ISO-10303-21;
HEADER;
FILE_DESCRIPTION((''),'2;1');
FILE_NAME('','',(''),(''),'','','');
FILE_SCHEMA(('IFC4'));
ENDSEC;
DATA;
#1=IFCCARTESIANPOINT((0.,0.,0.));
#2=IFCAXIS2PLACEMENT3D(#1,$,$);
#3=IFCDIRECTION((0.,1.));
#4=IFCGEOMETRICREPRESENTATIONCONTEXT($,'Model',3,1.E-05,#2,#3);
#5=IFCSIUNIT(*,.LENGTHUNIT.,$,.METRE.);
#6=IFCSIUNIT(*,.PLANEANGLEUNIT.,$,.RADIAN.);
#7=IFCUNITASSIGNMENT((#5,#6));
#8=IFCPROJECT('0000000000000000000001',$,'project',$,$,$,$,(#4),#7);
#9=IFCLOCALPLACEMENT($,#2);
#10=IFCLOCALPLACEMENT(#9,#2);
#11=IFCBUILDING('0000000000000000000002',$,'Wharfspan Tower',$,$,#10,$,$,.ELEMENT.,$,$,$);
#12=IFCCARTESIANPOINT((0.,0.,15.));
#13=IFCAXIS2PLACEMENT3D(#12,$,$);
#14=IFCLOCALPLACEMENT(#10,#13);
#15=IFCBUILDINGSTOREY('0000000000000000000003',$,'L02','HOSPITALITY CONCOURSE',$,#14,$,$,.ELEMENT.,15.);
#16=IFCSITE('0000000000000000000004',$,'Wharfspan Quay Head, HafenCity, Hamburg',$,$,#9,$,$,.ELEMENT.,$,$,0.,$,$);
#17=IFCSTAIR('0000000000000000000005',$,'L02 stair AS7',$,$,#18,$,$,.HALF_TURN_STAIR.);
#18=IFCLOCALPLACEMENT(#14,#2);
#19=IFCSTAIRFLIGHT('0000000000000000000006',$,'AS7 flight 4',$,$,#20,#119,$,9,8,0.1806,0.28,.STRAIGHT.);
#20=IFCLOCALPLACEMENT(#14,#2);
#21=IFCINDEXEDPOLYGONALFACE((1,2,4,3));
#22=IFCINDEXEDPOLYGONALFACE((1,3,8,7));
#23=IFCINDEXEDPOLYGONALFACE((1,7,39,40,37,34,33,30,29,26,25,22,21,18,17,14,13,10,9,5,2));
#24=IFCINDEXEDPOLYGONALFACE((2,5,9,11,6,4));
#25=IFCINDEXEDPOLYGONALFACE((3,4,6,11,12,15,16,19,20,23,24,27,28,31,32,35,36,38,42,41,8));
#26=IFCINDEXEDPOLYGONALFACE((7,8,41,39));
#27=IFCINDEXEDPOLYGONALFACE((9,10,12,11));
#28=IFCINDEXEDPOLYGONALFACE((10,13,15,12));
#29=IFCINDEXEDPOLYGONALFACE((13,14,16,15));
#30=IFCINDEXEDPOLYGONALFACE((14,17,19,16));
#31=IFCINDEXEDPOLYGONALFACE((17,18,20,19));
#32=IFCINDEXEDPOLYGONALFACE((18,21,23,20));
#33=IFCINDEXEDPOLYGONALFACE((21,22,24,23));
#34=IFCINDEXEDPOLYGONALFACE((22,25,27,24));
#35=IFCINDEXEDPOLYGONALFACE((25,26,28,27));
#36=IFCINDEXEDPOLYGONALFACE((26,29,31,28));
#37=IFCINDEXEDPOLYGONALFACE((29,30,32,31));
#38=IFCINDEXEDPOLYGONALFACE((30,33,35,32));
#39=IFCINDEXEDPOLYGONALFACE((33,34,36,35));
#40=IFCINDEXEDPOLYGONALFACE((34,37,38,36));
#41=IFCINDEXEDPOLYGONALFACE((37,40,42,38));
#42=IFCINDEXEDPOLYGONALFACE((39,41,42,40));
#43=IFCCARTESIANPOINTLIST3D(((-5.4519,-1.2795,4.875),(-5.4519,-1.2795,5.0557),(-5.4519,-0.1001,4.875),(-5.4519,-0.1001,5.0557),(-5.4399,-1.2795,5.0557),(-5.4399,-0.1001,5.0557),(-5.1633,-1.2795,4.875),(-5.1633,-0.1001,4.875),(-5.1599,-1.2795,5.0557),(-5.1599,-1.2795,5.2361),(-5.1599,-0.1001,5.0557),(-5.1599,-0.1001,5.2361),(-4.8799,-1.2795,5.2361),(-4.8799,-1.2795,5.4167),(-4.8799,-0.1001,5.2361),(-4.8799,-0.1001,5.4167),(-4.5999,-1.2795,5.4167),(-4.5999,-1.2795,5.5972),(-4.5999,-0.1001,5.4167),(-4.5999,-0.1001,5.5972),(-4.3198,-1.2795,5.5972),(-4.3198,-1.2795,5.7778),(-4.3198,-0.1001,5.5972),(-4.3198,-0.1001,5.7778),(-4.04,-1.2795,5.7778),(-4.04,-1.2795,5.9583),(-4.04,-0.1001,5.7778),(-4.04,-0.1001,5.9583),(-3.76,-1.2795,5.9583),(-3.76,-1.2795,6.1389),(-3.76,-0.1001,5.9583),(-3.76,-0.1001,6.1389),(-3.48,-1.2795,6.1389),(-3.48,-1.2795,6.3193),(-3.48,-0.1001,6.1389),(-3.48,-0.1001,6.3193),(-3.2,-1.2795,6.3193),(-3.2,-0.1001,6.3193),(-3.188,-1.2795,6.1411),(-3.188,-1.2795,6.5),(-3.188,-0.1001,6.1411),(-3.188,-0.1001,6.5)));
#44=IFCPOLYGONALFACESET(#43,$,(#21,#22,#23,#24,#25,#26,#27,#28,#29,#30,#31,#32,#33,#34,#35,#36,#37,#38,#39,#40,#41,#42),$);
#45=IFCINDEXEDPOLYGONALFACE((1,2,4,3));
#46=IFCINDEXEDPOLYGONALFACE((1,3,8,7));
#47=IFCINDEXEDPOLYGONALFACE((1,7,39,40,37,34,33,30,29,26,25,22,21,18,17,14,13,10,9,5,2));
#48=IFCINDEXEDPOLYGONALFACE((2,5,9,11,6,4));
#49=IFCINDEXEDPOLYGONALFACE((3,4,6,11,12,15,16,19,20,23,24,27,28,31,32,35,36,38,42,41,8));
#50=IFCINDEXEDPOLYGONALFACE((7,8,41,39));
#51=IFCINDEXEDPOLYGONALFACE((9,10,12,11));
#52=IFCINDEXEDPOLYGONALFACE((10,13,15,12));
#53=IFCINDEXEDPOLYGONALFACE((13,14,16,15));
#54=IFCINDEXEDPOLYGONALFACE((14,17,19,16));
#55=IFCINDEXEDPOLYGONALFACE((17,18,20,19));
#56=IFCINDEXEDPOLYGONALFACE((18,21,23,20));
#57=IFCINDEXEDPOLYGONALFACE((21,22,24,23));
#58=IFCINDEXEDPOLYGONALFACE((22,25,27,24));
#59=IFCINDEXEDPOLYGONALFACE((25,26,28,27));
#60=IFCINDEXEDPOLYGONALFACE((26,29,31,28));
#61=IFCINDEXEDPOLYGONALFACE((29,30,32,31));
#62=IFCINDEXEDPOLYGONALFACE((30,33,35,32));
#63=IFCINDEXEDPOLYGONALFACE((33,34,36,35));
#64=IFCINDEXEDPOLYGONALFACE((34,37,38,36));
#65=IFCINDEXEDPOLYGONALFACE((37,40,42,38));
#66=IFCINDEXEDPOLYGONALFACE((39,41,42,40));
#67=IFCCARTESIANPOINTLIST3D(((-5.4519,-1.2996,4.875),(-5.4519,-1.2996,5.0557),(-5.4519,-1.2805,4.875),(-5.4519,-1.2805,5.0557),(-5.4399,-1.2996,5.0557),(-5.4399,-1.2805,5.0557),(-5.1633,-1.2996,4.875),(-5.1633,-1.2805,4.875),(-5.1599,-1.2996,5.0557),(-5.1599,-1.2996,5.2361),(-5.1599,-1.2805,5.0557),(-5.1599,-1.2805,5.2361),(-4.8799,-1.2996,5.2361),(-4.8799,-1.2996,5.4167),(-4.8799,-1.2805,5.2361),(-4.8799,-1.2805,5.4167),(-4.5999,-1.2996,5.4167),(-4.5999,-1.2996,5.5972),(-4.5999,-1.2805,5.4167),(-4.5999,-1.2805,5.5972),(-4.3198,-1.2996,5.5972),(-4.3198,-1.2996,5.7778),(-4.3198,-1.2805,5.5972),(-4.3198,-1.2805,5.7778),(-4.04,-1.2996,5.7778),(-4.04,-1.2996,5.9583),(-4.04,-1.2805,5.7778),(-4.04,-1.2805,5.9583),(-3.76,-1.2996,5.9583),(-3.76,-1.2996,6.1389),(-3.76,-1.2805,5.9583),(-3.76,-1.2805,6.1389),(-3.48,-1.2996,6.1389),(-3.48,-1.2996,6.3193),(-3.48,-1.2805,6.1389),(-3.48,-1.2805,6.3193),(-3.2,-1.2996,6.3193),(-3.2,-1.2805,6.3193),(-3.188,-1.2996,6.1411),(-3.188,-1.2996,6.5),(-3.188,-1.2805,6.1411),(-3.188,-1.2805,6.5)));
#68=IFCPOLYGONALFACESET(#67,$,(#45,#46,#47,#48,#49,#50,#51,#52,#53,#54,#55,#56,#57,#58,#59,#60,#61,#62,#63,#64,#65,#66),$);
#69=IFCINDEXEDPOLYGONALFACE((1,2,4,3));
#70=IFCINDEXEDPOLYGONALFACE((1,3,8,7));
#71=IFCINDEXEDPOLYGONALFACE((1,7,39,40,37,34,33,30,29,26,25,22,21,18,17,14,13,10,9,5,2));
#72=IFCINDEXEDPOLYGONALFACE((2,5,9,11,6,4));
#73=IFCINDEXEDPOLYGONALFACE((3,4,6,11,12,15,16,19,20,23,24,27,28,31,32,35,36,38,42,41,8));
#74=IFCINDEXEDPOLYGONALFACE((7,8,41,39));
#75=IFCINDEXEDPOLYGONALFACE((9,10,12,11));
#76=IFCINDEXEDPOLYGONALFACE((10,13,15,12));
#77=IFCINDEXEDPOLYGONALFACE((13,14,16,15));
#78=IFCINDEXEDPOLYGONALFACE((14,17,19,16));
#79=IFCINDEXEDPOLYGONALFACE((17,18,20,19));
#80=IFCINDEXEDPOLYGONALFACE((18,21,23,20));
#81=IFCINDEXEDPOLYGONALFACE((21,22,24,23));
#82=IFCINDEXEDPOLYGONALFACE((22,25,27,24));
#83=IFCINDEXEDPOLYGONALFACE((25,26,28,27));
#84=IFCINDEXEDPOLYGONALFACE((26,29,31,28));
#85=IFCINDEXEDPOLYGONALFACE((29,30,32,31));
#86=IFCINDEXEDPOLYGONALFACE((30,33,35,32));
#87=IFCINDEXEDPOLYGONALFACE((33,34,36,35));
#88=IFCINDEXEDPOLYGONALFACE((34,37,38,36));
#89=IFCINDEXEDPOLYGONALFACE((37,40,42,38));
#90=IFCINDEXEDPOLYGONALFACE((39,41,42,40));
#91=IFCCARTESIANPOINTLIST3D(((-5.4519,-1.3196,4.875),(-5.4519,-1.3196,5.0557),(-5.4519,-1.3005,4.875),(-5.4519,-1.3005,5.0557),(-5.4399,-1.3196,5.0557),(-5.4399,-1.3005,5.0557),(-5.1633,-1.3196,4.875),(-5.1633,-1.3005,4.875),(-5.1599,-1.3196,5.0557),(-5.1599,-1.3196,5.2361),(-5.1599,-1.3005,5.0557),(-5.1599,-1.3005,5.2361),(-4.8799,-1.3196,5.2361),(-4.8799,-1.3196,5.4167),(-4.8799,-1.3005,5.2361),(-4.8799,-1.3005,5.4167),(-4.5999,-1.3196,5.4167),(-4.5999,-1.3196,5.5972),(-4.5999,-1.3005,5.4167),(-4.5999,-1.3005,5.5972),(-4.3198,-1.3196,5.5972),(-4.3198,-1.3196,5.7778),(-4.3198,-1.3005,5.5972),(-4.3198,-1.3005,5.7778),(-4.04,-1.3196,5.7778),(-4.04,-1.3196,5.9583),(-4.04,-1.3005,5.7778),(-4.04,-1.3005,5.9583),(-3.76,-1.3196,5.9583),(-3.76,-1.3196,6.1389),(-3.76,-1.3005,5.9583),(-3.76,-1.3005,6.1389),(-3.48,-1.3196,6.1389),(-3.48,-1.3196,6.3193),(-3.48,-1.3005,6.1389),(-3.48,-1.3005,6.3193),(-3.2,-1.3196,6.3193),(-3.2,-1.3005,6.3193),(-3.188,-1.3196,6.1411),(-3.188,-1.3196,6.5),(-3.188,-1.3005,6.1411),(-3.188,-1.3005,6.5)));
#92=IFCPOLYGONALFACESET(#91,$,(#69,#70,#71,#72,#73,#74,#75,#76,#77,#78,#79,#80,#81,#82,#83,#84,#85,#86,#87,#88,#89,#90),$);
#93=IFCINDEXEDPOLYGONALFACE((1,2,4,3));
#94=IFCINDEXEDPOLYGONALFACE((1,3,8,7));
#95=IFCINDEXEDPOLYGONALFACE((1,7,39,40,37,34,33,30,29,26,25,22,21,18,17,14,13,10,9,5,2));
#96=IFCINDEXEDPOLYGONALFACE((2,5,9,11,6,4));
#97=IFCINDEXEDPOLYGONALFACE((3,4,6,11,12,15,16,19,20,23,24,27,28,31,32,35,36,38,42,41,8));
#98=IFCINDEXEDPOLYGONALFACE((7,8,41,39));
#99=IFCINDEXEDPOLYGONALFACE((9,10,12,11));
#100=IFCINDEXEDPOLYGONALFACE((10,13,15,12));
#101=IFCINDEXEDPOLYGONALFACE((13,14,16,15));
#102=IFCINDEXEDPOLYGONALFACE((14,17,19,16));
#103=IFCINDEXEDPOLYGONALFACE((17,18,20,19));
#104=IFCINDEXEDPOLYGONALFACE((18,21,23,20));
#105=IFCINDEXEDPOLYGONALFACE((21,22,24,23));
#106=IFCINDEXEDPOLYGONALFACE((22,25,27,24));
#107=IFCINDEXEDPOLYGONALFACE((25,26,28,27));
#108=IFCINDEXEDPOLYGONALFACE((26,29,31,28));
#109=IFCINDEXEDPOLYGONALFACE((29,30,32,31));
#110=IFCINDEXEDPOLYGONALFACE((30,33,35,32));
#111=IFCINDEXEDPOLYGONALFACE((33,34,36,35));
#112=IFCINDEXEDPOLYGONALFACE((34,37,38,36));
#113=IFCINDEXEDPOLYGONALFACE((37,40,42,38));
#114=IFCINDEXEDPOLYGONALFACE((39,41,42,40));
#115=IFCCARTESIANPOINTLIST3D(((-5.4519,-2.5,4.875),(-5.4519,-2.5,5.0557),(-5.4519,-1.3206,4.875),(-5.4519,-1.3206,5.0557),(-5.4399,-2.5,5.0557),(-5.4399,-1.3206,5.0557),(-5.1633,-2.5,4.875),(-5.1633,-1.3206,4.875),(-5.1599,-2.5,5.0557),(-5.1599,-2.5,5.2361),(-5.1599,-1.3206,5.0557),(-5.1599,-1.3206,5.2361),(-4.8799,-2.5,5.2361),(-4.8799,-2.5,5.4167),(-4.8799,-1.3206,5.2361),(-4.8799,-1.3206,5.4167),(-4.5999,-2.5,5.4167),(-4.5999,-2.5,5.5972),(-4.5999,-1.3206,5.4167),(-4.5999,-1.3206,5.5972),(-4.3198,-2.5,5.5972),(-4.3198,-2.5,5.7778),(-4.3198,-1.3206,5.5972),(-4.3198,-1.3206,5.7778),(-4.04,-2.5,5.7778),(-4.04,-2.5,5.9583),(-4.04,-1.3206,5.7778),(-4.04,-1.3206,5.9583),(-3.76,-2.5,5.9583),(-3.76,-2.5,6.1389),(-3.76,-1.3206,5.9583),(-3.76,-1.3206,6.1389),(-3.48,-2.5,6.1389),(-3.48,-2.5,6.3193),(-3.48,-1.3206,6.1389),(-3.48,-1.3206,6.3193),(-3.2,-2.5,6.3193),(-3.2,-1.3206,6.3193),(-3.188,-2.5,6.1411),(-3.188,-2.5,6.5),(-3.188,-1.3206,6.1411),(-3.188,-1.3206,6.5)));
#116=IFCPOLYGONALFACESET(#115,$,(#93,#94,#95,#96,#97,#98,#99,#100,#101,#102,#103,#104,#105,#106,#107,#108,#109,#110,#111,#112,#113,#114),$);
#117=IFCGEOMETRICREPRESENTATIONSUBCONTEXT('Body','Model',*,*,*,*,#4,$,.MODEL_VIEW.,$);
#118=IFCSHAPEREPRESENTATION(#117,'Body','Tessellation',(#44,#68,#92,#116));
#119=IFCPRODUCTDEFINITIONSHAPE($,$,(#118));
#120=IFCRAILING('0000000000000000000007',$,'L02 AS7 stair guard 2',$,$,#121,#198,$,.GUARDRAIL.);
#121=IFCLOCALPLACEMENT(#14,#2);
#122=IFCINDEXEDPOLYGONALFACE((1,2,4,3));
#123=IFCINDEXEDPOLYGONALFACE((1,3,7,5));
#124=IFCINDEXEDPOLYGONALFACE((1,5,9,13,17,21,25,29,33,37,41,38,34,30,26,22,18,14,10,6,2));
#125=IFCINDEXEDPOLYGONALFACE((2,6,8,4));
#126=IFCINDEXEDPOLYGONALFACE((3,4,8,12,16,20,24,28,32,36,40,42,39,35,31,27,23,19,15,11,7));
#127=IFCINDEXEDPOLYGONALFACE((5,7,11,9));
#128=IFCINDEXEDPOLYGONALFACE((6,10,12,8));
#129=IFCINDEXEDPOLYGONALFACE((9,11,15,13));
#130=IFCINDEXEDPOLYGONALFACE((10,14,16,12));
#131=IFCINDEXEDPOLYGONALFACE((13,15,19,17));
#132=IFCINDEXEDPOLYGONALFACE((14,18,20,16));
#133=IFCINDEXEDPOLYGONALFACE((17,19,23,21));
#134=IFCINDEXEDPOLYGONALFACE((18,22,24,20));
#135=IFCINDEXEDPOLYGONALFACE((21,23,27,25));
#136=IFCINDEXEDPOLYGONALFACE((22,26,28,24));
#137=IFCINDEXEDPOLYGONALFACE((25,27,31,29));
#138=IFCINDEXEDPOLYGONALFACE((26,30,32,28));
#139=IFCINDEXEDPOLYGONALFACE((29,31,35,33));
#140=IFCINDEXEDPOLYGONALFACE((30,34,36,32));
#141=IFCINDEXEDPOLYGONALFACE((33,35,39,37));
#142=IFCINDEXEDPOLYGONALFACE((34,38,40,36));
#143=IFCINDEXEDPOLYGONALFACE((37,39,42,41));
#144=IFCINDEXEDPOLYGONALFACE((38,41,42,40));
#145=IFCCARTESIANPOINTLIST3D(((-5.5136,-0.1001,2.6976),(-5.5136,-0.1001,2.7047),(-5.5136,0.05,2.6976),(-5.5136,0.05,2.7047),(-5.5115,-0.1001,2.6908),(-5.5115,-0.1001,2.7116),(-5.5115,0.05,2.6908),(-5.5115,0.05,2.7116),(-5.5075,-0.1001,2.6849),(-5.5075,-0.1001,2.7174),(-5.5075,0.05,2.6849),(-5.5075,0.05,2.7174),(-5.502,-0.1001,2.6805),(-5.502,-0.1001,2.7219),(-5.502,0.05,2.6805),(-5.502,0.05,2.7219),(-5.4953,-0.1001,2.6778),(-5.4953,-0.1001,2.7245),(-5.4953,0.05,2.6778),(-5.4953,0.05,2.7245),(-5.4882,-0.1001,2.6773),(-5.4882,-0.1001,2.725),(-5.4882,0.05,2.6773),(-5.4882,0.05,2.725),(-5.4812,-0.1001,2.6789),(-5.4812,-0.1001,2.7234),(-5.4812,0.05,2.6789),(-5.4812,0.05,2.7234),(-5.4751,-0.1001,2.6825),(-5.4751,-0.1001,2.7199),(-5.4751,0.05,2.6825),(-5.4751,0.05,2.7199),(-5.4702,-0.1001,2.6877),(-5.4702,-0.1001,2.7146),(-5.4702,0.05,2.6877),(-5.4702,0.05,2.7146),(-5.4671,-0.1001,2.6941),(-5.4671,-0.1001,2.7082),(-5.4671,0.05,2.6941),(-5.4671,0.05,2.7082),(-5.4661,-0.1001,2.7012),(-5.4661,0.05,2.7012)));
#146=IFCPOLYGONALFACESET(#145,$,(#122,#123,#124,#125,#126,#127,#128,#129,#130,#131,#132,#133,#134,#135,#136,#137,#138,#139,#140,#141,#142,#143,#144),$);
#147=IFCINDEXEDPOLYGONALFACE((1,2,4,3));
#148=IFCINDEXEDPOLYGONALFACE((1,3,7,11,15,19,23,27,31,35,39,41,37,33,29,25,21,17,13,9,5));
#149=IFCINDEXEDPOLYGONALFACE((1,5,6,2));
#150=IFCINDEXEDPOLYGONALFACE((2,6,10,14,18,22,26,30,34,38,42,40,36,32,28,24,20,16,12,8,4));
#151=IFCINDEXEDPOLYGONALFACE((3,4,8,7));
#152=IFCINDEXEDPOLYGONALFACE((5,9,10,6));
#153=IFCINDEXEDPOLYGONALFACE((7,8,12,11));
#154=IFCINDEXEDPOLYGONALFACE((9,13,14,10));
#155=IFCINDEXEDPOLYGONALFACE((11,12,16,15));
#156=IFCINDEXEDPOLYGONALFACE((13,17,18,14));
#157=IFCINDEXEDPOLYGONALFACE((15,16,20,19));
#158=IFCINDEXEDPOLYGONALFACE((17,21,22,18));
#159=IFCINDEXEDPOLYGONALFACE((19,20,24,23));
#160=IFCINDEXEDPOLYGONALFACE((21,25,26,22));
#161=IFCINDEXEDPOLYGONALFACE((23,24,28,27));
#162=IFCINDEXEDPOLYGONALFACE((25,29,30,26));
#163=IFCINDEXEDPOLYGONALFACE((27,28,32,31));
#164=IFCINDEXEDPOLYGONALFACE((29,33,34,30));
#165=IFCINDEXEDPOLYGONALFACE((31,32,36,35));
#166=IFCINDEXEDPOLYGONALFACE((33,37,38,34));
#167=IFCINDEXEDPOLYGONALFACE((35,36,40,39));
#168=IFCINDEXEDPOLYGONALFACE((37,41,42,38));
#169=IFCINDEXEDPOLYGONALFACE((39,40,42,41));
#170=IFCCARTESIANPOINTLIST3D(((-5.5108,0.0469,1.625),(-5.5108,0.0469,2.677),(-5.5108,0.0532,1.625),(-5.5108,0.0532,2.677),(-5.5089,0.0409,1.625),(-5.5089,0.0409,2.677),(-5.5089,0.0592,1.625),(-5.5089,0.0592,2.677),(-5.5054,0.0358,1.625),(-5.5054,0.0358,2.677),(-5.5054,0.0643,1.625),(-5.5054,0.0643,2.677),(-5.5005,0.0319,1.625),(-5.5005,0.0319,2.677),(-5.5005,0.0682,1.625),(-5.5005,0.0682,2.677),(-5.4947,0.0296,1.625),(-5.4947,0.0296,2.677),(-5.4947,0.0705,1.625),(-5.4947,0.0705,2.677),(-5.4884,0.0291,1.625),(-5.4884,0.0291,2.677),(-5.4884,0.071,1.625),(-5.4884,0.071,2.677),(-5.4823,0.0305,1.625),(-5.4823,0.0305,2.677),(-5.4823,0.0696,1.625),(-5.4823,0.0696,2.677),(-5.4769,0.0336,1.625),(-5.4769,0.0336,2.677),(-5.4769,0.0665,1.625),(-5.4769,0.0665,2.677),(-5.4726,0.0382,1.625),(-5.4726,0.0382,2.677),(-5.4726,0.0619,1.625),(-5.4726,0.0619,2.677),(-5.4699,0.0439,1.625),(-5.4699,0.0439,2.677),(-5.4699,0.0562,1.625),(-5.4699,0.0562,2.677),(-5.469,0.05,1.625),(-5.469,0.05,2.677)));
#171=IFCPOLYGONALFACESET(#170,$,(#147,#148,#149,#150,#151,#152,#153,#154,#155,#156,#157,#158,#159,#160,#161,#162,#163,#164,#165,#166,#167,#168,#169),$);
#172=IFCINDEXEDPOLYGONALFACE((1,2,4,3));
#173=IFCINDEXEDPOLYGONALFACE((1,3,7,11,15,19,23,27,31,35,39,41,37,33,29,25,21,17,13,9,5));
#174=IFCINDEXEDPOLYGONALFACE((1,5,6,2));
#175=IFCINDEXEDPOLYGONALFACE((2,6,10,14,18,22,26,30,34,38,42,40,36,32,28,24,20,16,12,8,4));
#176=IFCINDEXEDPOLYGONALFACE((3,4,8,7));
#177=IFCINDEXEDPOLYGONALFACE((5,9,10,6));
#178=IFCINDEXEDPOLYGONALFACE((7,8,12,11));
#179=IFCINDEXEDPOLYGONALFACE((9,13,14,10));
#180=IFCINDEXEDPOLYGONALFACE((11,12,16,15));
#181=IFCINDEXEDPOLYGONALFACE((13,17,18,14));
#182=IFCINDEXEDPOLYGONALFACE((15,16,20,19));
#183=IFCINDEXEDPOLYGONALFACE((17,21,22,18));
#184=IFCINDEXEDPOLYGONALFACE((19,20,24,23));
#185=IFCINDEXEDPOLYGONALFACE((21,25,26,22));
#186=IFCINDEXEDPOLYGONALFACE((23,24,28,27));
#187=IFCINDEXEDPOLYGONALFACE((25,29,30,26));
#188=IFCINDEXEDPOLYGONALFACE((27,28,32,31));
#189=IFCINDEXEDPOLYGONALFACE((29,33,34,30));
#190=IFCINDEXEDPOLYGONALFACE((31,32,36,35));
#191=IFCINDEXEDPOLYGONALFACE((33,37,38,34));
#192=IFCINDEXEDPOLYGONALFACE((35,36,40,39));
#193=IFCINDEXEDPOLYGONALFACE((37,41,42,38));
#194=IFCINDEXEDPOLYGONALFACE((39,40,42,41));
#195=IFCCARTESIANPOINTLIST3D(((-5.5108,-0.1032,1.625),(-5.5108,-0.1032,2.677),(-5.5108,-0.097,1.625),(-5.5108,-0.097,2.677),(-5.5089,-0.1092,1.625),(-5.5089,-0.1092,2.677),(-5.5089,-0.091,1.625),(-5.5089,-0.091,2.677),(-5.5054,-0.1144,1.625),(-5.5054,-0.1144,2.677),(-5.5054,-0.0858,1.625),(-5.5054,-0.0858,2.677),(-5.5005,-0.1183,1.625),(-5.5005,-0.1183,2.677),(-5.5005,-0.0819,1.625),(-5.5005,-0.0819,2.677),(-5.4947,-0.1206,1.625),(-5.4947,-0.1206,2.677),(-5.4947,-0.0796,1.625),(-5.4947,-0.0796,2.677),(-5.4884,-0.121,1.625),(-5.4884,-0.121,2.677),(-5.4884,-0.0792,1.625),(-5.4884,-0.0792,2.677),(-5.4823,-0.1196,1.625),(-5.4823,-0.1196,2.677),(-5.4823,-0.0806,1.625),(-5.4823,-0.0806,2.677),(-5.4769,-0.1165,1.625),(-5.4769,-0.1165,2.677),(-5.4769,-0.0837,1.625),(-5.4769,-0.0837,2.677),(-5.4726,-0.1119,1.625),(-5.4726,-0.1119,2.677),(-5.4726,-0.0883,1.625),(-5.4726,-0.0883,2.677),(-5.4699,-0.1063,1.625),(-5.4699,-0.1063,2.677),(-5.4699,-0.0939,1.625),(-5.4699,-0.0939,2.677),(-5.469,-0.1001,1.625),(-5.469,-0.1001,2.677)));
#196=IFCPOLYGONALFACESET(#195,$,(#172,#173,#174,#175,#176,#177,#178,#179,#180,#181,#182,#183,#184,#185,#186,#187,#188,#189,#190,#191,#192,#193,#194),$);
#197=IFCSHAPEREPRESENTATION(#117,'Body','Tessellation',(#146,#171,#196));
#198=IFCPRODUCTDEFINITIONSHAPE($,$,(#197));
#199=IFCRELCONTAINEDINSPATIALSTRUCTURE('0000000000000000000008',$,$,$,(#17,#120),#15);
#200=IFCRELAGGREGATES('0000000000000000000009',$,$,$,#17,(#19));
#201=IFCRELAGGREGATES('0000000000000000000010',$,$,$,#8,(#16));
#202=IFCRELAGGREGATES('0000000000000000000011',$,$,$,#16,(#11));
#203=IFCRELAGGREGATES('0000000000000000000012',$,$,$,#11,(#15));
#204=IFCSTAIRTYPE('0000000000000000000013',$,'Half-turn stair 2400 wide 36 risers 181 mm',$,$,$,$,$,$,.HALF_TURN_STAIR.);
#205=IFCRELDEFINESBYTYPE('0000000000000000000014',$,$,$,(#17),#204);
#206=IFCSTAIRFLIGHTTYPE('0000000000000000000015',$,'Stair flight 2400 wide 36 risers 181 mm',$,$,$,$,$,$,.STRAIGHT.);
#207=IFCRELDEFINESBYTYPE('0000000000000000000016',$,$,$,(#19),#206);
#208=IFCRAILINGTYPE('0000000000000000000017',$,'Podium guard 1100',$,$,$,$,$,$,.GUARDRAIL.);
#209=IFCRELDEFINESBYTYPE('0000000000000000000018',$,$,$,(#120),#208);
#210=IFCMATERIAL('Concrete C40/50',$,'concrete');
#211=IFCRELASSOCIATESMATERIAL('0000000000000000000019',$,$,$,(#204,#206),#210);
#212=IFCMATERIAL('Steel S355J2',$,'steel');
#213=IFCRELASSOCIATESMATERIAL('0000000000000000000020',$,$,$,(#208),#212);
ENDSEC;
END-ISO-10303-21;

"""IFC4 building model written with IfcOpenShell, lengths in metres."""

from ifc_helpers import new_model, si_unit, direction, frame, origin, origin_2d, place, context, subcontext, project, spatial, polyline, circle, outline, extrude, material, type_object, element, aggregate, save


model = new_model("IFC4")

# Units and contexts
model_context = context("Model", 3, precision=1e-05, world=origin(), true_north=direction((0.0, 1.0)))
body_context = subcontext(model_context, "Body", "Model", "MODEL_VIEW")
ifc_project = project(units=[si_unit("LENGTHUNIT", "METRE"), si_unit("PLANEANGLEUNIT", "RADIAN")], contexts=[model_context])

# Site, building, storey
site_placement = place(None, origin())
site = spatial("IfcSite", under=ifc_project, at=site_placement, Name="Wharfspan Quay Head, HafenCity, Hamburg", CompositionType="ELEMENT", RefElevation=0.0)
building_placement = place(site_placement, origin())
building = spatial("IfcBuilding", under=site, at=building_placement, Name="Wharfspan Tower", CompositionType="ELEMENT")
storey_placement = place(building_placement, frame((0.0, 0.0, 15.0)))
storey = spatial("IfcBuildingStorey", under=building, at=storey_placement, Name="L02", Description="HOSPITALITY CONCOURSE", CompositionType="ELEMENT", Elevation=15.0)

# Shared definitions
ifc_material_1 = material(Name="Concrete C40/50", Category="concrete")

# Stair, stair flight
stair_type = type_object("IfcStairType", Name="Half-turn stair 2400 wide 36 risers 181 mm", PredefinedType="HALF_TURN_STAIR", material=ifc_material_1)
stair_placement = place(storey_placement, origin())
stair = element("IfcStair", 1, at=stair_placement, inside=storey, type_object=stair_type, Name="L02 stair AS7", PredefinedType="HALF_TURN_STAIR")
stair_flight_type = type_object("IfcStairFlightType", Name="Stair flight 2400 wide 36 risers 181 mm", PredefinedType="STRAIGHT", material=ifc_material_1)
stair_flight_1_placement = place(storey_placement, frame((-5.4399, -1.3, 4.875), z_axis=(0.0, 0.0, 1.0), x_axis=(1.0, 0.0, 0.0)))
stair_flight_1 = element("IfcStairFlight", 2, at=stair_flight_1_placement, type_object=stair_flight_type, Name="AS7 flight 4", NumberOfRisers=9, NumberOfTreads=8, PredefinedType="STRAIGHT", RiserHeight=0.1806, TreadLength=0.28, context=body_context, shape_type="SweptSolid", body=[
    extrude(outline(polyline([(-0.012, 0.0), (-0.012, 0.1807), (0.0, 0.1807), (0.28, 0.1807), (0.28, 0.3611), (0.5601, 0.3611), (0.5601, 0.5417), (0.8401, 0.5417), (0.8401, 0.7222), (1.1201, 0.7222), (1.1201, 0.9028), (1.3999, 0.9028), (1.3999, 1.0833), (1.6799, 1.0833), (1.6799, 1.2639), (1.96, 1.2639), (1.96, 1.4443), (2.24, 1.4443), (2.252, 1.625), (2.252, 1.2661), (0.2766, 0.0), (-0.012, 0.0)])), frame((0.0, 1.2, 0.0), z_axis=(0.0, -1.0, 0.0), x_axis=(1.0, 0.0, 0.0)), (0.0, 0.0, 1.0), 1.1794),
    extrude(outline(polyline([(-0.012, 0.0), (-0.012, 0.1807), (0.0, 0.1807), (0.28, 0.1807), (0.28, 0.3611), (0.5601, 0.3611), (0.5601, 0.5417), (0.8401, 0.5417), (0.8401, 0.7222), (1.1201, 0.7222), (1.1201, 0.9028), (1.3999, 0.9028), (1.3999, 1.0833), (1.6799, 1.0833), (1.6799, 1.2639), (1.96, 1.2639), (1.96, 1.4443), (2.24, 1.4443), (2.252, 1.625), (2.252, 1.2661), (0.2766, 0.0), (-0.012, 0.0)])), frame((0.0, 0.0195, 0.0), z_axis=(0.0, -1.0, 0.0), x_axis=(1.0, 0.0, 0.0)), (0.0, 0.0, 1.0), 0.019),
    extrude(outline(polyline([(-0.012, 0.0), (-0.012, 0.1807), (0.0, 0.1807), (0.28, 0.1807), (0.28, 0.3611), (0.5601, 0.3611), (0.5601, 0.5417), (0.8401, 0.5417), (0.8401, 0.7222), (1.1201, 0.7222), (1.1201, 0.9028), (1.3999, 0.9028), (1.3999, 1.0833), (1.6799, 1.0833), (1.6799, 1.2639), (1.96, 1.2639), (1.96, 1.4443), (2.24, 1.4443), (2.252, 1.625), (2.252, 1.2661), (0.2766, 0.0), (-0.012, 0.0)])), frame((0.0, -0.0005, 0.0), z_axis=(0.0, -1.0, 0.0), x_axis=(1.0, 0.0, 0.0)), (0.0, 0.0, 1.0), 0.019),
    extrude(outline(polyline([(-0.012, 0.0), (-0.012, 0.1807), (0.0, 0.1807), (0.28, 0.1807), (0.28, 0.3611), (0.5601, 0.3611), (0.5601, 0.5417), (0.8401, 0.5417), (0.8401, 0.7222), (1.1201, 0.7222), (1.1201, 0.9028), (1.3999, 0.9028), (1.3999, 1.0833), (1.6799, 1.0833), (1.6799, 1.2639), (1.96, 1.2639), (1.96, 1.4443), (2.24, 1.4443), (2.252, 1.625), (2.252, 1.2661), (0.2766, 0.0), (-0.012, 0.0)])), frame((0.0, -0.0205, 0.0), z_axis=(0.0, -1.0, 0.0), x_axis=(1.0, 0.0, 0.0)), (0.0, 0.0, 1.0), 1.1794),
])
aggregate(stair, [stair_flight_1])

# Railing
ifc_material_2 = material(Name="Steel S355J2", Category="steel")
railing_type_1 = type_object("IfcRailingType", Name="Podium guard 1100", PredefinedType="GUARDRAIL", material=ifc_material_2)
railing_1_placement = place(storey_placement, frame((-5.49, 0.05, 1.625)))
element("IfcRailing", 3, at=railing_1_placement, inside=storey, type_object=railing_type_1, Name="L02 AS7 stair guard 2", PredefinedType="GUARDRAIL", context=body_context, shape_type="SweptSolid", body=[
    extrude(circle(Radius=0.0239, at=origin_2d()), frame((0.0, 0.0, 1.0762), z_axis=(0.0, -1.0, 0.0), x_axis=(1.0, 0.0, 0.0)), (0.0, 0.0, 1.0), 0.1501),
    extrude(circle(Radius=0.021, at=origin_2d()), origin(), (0.0, 0.0, 1.0), 1.052),
    extrude(circle(Radius=0.021, at=origin_2d()), frame((0.0, -0.1501, 0.0)), (0.0, 0.0, 1.0), 1.052),
])

save(model, "model.ifc")
